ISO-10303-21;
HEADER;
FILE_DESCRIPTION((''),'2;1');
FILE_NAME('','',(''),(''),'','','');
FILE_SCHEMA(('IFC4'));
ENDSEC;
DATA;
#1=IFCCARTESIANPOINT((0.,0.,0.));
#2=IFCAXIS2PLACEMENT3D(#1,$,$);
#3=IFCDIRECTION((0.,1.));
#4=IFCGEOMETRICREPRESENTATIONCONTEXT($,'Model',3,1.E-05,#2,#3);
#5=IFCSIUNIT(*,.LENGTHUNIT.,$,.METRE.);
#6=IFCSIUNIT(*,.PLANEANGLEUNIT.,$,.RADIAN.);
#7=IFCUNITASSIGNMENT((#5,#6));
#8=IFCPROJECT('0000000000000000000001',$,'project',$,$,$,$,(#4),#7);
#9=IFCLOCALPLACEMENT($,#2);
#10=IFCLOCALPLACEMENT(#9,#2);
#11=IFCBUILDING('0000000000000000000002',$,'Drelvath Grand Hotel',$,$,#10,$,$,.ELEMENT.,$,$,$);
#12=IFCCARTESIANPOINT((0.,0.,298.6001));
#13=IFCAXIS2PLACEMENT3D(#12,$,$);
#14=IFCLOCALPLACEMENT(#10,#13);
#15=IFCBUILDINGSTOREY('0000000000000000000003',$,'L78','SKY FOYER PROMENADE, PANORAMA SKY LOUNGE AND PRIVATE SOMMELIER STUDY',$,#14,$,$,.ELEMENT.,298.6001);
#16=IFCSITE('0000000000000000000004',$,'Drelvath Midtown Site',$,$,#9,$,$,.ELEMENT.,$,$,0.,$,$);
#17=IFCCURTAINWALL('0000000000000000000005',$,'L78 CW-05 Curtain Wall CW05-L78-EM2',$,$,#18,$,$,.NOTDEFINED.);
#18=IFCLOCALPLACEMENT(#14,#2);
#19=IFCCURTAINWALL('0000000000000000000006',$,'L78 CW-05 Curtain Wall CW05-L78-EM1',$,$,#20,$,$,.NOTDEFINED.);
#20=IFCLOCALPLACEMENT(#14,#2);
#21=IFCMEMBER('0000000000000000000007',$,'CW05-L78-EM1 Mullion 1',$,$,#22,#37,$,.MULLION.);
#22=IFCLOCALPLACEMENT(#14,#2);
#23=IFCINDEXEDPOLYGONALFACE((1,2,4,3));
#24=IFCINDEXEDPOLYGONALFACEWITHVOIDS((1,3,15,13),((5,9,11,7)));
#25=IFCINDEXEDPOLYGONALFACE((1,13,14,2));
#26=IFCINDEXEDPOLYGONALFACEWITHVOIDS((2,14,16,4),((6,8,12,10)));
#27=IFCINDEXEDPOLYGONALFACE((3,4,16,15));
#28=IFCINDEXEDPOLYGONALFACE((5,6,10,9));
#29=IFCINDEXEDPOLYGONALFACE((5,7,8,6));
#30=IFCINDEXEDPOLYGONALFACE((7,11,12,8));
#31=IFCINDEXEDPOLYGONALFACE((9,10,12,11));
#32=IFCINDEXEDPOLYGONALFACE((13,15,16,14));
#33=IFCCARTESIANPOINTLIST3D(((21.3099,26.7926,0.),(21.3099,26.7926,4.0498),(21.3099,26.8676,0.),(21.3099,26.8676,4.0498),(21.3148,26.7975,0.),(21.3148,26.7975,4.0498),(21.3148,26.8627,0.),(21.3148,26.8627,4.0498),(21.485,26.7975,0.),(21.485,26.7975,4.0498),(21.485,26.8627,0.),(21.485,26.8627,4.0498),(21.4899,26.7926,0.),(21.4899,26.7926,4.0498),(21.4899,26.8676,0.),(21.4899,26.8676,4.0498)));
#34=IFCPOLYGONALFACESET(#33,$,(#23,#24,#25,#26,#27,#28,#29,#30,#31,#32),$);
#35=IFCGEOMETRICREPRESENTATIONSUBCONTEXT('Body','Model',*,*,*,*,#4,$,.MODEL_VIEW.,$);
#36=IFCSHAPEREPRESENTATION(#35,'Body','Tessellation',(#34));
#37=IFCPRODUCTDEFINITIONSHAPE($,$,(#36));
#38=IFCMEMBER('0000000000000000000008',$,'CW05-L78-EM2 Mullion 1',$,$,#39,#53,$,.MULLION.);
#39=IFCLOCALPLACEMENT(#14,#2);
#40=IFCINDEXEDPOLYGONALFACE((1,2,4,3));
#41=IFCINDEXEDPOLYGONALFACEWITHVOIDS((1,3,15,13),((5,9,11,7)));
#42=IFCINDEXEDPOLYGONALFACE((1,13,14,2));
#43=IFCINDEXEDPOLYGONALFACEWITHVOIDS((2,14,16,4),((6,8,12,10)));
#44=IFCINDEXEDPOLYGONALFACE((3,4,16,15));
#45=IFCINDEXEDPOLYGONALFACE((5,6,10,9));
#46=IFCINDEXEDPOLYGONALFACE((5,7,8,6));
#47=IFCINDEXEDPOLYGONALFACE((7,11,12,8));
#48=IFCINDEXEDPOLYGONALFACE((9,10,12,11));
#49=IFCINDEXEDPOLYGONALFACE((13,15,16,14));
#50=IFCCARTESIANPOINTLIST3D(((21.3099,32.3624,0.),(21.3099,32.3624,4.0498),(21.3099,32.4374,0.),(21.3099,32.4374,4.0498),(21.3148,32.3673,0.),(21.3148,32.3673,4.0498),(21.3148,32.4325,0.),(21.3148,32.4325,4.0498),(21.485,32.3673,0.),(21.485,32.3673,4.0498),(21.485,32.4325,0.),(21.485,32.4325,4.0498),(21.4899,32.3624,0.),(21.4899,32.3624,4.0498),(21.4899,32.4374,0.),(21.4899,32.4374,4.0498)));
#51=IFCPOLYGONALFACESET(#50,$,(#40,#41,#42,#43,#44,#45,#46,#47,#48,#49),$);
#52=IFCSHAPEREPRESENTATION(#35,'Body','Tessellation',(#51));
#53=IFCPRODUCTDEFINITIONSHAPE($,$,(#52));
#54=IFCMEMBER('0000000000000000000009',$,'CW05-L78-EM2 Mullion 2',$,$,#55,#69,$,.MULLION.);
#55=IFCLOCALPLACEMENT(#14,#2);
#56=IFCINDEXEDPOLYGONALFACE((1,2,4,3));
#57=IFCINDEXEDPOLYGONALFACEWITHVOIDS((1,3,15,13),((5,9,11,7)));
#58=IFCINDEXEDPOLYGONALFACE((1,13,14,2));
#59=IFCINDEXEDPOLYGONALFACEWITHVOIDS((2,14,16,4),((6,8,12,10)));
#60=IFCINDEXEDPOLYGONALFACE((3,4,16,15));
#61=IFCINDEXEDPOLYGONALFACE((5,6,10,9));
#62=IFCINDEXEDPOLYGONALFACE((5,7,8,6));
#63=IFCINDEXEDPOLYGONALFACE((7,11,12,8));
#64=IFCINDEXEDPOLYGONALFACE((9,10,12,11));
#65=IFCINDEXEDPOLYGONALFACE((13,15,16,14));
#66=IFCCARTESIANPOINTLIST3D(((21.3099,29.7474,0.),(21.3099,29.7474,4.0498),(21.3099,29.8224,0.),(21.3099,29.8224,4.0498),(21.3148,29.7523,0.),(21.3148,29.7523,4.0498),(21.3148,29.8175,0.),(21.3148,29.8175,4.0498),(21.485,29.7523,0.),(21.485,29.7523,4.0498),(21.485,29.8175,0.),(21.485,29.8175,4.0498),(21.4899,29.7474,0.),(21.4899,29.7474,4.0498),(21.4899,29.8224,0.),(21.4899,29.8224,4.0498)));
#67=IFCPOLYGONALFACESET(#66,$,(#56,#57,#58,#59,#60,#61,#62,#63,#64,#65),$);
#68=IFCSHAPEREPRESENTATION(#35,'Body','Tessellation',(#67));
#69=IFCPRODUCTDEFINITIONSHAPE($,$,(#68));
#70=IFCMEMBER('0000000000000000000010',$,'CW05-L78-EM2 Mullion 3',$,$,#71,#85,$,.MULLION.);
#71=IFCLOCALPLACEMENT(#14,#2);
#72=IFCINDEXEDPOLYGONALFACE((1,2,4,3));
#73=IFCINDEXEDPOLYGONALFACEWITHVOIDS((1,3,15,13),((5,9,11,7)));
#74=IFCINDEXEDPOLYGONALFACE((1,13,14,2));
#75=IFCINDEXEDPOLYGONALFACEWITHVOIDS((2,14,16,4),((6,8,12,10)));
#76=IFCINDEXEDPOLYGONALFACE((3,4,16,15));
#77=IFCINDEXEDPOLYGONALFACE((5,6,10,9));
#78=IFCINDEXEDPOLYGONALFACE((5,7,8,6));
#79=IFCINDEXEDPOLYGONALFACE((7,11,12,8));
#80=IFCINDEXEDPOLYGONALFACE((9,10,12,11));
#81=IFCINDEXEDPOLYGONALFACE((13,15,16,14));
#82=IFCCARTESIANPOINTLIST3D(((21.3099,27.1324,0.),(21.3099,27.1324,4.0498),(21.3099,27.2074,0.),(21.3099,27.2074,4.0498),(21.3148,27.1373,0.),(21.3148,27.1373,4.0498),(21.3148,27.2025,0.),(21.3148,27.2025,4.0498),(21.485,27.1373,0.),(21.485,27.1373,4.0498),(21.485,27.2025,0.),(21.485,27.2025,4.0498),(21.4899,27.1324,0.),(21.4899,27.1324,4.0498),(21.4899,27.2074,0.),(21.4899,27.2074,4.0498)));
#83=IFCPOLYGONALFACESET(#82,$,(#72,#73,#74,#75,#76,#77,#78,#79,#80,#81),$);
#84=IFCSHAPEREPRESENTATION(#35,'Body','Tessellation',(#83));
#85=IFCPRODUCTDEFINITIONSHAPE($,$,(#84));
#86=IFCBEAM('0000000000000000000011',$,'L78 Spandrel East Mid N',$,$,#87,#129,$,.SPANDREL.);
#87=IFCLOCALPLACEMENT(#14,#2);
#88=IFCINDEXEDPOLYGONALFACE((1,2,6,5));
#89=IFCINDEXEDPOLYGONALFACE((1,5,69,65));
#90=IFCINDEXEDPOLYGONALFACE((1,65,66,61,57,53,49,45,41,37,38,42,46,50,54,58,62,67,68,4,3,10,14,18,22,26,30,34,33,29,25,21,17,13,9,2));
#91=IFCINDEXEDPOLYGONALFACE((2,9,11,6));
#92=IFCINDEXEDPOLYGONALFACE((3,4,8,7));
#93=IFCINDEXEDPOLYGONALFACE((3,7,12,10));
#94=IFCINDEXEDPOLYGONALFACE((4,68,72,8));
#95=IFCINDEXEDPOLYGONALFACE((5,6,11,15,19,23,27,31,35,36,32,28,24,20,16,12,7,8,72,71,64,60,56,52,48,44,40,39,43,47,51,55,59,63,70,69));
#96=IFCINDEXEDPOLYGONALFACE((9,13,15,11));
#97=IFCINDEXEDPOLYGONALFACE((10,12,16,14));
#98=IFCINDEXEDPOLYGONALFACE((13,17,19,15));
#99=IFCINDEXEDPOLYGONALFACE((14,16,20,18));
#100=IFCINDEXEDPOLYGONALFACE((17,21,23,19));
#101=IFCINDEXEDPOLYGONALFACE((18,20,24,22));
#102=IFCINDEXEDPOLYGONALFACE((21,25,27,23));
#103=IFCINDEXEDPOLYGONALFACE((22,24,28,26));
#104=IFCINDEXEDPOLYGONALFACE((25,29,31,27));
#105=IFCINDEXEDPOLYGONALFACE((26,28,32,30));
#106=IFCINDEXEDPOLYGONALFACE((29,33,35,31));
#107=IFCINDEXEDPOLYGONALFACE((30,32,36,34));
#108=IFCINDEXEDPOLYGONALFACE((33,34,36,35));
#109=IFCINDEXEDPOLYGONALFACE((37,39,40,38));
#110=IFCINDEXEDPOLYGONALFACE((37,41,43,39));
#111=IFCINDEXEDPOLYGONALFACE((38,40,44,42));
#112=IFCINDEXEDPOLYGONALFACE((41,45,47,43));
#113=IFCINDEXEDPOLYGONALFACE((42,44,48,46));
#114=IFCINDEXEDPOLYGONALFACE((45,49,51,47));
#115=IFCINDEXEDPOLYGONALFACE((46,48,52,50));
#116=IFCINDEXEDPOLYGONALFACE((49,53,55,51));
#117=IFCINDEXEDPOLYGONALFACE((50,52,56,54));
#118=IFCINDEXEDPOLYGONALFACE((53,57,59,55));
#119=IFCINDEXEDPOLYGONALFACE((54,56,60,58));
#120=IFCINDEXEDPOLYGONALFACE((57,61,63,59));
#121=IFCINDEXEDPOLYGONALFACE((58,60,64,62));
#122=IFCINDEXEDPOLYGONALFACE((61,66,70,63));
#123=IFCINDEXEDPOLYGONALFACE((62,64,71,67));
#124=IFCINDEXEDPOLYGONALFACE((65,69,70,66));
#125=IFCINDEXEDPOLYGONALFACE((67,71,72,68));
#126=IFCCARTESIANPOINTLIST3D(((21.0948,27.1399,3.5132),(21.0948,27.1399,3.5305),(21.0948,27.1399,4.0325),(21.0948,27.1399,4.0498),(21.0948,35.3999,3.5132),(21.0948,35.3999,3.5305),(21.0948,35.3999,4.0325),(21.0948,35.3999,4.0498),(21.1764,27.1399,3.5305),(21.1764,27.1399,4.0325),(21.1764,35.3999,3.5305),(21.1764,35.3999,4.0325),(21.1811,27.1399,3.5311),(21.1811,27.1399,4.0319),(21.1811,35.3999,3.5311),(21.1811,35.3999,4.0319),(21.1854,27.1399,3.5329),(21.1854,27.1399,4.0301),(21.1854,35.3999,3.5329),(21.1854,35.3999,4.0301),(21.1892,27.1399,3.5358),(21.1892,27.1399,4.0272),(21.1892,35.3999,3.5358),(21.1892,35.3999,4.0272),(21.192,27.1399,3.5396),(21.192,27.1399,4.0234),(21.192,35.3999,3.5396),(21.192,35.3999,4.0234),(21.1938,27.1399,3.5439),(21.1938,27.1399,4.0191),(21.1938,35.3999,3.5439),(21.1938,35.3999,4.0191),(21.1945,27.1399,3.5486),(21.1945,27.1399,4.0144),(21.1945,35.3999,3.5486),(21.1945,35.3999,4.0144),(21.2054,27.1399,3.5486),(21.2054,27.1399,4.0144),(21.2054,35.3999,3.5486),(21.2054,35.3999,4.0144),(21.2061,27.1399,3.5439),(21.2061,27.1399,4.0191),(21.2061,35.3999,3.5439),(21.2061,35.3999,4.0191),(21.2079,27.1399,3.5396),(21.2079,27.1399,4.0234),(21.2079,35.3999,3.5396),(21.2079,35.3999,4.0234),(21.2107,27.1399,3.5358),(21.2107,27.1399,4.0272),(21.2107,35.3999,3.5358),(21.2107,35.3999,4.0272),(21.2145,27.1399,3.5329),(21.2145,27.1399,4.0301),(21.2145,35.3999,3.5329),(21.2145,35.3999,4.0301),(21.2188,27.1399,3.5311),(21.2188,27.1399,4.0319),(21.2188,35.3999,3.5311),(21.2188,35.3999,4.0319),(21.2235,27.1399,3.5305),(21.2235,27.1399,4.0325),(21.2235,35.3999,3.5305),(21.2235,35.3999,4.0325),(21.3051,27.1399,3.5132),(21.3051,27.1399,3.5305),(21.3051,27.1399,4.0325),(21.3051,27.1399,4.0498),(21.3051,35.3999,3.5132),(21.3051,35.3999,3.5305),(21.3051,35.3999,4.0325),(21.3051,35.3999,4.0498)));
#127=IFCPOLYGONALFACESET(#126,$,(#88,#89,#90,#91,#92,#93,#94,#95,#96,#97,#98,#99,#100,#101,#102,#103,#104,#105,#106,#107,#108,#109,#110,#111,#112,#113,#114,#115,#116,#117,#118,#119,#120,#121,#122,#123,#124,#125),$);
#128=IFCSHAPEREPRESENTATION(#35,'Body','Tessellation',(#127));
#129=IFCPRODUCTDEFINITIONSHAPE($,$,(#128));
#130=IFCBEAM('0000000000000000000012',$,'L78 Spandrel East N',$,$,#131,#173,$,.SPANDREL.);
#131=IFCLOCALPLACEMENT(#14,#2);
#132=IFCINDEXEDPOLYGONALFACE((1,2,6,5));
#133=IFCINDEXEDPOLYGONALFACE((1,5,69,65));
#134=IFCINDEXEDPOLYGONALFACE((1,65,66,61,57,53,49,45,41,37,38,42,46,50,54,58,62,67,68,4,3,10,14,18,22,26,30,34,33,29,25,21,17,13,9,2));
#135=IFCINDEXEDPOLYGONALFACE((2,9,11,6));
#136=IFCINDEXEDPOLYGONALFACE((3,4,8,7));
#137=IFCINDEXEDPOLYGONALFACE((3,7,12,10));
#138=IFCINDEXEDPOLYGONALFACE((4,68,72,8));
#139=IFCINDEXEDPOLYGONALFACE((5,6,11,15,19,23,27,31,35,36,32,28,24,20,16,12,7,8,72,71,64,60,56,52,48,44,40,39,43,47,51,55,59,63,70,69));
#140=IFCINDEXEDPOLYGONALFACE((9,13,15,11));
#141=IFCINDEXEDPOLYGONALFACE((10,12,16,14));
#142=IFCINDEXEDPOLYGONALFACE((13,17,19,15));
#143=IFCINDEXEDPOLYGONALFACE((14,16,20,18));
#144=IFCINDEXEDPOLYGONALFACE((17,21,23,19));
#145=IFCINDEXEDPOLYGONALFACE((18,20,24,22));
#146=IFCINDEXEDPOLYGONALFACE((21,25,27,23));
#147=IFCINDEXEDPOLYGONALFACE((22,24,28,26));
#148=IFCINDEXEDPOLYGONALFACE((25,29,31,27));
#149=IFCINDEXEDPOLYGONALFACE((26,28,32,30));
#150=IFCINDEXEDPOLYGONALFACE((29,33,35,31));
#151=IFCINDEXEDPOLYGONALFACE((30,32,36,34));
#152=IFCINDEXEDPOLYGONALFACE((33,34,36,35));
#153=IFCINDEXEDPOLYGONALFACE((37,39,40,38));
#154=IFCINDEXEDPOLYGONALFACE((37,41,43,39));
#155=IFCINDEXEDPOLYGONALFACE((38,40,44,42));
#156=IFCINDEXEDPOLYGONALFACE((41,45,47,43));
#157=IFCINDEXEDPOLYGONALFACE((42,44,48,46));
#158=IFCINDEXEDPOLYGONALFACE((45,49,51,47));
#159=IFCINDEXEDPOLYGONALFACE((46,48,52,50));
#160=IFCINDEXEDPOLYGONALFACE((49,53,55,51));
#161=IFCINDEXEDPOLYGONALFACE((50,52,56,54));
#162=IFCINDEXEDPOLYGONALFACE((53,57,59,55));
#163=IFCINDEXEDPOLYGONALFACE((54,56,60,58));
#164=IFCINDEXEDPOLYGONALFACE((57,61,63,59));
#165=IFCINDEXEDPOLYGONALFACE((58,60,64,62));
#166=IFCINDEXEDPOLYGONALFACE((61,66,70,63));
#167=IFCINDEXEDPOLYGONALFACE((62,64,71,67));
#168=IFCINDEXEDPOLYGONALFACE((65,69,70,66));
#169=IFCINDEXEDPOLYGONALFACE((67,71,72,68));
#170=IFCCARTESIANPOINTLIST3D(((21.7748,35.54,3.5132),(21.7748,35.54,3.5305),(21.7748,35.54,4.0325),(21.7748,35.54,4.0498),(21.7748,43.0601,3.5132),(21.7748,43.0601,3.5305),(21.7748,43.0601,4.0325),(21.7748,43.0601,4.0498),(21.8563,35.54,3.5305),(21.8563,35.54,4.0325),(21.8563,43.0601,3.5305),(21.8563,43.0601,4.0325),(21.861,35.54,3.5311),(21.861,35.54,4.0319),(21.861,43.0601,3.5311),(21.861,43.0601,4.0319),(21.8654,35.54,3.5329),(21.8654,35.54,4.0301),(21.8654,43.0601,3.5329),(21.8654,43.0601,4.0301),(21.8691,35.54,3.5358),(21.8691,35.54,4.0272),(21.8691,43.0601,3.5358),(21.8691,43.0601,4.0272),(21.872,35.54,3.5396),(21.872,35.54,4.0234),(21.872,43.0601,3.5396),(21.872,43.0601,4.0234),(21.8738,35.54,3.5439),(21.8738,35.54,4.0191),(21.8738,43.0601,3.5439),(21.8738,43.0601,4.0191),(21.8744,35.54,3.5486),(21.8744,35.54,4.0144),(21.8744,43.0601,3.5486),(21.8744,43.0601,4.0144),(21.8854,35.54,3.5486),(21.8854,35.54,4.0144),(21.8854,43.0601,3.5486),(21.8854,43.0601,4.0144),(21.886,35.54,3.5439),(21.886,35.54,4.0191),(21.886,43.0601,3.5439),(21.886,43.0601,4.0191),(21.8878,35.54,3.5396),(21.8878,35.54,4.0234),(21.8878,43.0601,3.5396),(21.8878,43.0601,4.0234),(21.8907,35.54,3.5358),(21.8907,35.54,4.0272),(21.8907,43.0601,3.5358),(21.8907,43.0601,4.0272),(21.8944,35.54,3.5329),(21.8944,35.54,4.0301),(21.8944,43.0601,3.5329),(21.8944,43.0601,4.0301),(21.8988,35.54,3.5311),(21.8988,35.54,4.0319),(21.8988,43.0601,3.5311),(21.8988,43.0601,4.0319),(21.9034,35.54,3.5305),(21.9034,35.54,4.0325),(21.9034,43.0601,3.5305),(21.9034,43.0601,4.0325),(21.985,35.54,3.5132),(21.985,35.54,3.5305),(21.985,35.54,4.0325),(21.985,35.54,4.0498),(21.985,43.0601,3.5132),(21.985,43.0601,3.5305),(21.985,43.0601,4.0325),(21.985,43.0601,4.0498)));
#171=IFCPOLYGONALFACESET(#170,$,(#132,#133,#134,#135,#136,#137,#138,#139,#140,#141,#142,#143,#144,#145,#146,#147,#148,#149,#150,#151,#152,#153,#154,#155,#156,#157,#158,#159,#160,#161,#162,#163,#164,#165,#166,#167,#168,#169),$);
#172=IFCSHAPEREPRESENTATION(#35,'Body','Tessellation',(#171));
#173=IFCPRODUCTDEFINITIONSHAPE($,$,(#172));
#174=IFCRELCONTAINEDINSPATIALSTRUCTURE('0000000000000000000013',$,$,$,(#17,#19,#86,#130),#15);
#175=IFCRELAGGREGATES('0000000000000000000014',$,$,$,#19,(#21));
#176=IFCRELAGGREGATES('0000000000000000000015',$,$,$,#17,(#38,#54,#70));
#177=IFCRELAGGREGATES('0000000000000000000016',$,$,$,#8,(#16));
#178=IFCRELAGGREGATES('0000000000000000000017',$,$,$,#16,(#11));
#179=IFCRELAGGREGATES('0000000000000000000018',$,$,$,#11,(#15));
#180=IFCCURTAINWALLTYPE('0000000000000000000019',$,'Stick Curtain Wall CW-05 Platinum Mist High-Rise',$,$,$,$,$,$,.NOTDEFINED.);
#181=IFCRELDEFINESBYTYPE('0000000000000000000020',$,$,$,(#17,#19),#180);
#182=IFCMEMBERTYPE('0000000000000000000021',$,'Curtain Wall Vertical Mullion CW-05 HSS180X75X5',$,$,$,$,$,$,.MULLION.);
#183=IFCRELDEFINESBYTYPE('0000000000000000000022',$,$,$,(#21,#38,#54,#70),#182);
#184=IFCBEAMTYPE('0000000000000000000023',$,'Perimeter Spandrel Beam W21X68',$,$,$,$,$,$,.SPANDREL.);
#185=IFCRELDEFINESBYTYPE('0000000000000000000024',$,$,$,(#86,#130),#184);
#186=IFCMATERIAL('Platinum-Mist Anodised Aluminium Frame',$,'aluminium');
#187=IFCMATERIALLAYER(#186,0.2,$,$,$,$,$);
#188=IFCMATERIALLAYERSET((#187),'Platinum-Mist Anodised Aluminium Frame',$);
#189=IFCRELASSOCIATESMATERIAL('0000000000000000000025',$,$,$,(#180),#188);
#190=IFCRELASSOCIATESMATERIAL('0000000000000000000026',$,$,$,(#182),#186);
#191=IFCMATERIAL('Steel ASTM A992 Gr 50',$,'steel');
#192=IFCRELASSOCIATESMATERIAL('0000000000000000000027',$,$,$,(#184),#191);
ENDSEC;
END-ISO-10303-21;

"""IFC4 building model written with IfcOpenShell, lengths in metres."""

from ifc_helpers import new_model, si_unit, direction, frame, origin, origin_2d, place, context, subcontext, project, spatial, hollow_rectangle, i_section, extrude, material, layer, layer_set, material_profile, profile_set, type_object, element, aggregate, save


model = new_model("IFC4")

# Units and contexts
model_context = context("Model", 3, precision=1e-05, world=origin(), true_north=direction((0.0, 1.0)))
body_context = subcontext(model_context, "Body", "Model", "MODEL_VIEW")
ifc_project = project(units=[si_unit("LENGTHUNIT", "METRE"), si_unit("PLANEANGLEUNIT", "RADIAN")], contexts=[model_context])

# Site, building, storey
site_placement = place(None, origin())
site = spatial("IfcSite", under=ifc_project, at=site_placement, Name="Drelvath Midtown Site", CompositionType="ELEMENT", RefElevation=0.0)
building_placement = place(site_placement, origin())
building = spatial("IfcBuilding", under=site, at=building_placement, Name="Drelvath Grand Hotel", CompositionType="ELEMENT")
storey_placement = place(building_placement, frame((0.0, 0.0, 298.6001)))
storey = spatial("IfcBuildingStorey", under=building, at=storey_placement, Name="L78", Description="SKY FOYER PROMENADE, PANORAMA SKY LOUNGE AND PRIVATE SOMMELIER STUDY", CompositionType="ELEMENT", Elevation=298.6001)

# Curtain wall
ifc_material_1 = material(Name="Platinum-Mist Anodised Aluminium Frame", Category="aluminium")
ifc_layer_1 = layer(ifc_material_1, 0.2)
ifc_layer_set_1 = layer_set([ifc_layer_1], Name="Platinum-Mist Anodised Aluminium Frame")
curtain_wall_type = type_object("IfcCurtainWallType", Name="Stick Curtain Wall CW-05 Platinum Mist High-Rise", PredefinedType="NOTDEFINED", material=ifc_layer_set_1)
curtain_wall_1_placement = place(storey_placement, origin())
curtain_wall_1 = element("IfcCurtainWall", 1, at=curtain_wall_1_placement, inside=storey, type_object=curtain_wall_type, Name="L78 CW-05 Curtain Wall CW05-L78-EM2", PredefinedType="NOTDEFINED")

# Shared definitions
ifc_material_profile_1 = material_profile(ifc_material_1, hollow_rectangle(XDim=0.075, YDim=0.1799, WallThickness=0.0049, at=origin_2d()), Name="HSS180X75X5")
ifc_profile_set_1 = profile_set([ifc_material_profile_1], Name="Platinum-Mist Anodised Aluminium Frame")
member_type_1 = type_object("IfcMemberType", Name="Curtain Wall Vertical Mullion CW-05 HSS180X75X5", PredefinedType="MULLION", material=ifc_profile_set_1)

# Curtain wall, member
curtain_wall_2_placement = place(storey_placement, origin())
curtain_wall_2 = element("IfcCurtainWall", 2, at=curtain_wall_2_placement, inside=storey, type_object=curtain_wall_type, Name="L78 CW-05 Curtain Wall CW05-L78-EM1", PredefinedType="NOTDEFINED")
member_1_placement = place(storey_placement, frame((21.3999, 26.8301, 0.0), z_axis=(0.0, 0.0, 1.0), x_axis=(0.0, 1.0, 0.0)))
member_1 = element("IfcMember", 3, at=member_1_placement, type_object=member_type_1, Name="CW05-L78-EM1 Mullion 1", PredefinedType="MULLION", context=body_context, shape_type="SweptSolid", body=[
    extrude(hollow_rectangle(XDim=0.075, YDim=0.1799, WallThickness=0.0049, at=origin_2d()), origin(), (0.0, 0.0, 1.0), 4.0498),
])
aggregate(curtain_wall_2, [member_1])

# Members
member_2_placement = place(storey_placement, frame((21.3999, 32.3999, 0.0), z_axis=(0.0, 0.0, 1.0), x_axis=(0.0, 1.0, 0.0)))
member_2 = element("IfcMember", 4, at=member_2_placement, type_object=member_type_1, Name="CW05-L78-EM2 Mullion 1", PredefinedType="MULLION", context=body_context, shape_type="SweptSolid", body=[
    extrude(hollow_rectangle(XDim=0.075, YDim=0.1799, WallThickness=0.0049, at=origin_2d()), origin(), (0.0, 0.0, 1.0), 4.0498),
])
member_3_placement = place(storey_placement, frame((21.3999, 29.7849, 0.0), z_axis=(0.0, 0.0, 1.0), x_axis=(0.0, 1.0, 0.0)))
member_3 = element("IfcMember", 5, at=member_3_placement, type_object=member_type_1, Name="CW05-L78-EM2 Mullion 2", PredefinedType="MULLION", context=body_context, shape_type="SweptSolid", body=[
    extrude(hollow_rectangle(XDim=0.075, YDim=0.1799, WallThickness=0.0049, at=origin_2d()), origin(), (0.0, 0.0, 1.0), 4.0498),
])
member_4_placement = place(storey_placement, frame((21.3999, 27.1699, 0.0), z_axis=(0.0, 0.0, 1.0), x_axis=(0.0, 1.0, 0.0)))
member_4 = element("IfcMember", 6, at=member_4_placement, type_object=member_type_1, Name="CW05-L78-EM2 Mullion 3", PredefinedType="MULLION", context=body_context, shape_type="SweptSolid", body=[
    extrude(hollow_rectangle(XDim=0.075, YDim=0.1799, WallThickness=0.0049, at=origin_2d()), origin(), (0.0, 0.0, 1.0), 4.0498),
])

# Beams
ifc_material_2 = material(Name="Steel ASTM A992 Gr 50", Category="steel")
ifc_material_profile_2 = material_profile(ifc_material_2, i_section(OverallWidth=0.2102, OverallDepth=0.5366, WebThickness=0.011, FlangeThickness=0.0173, FilletRadius=0.0181, at=origin_2d()), Name="W21X68")
ifc_profile_set_2 = profile_set([ifc_material_profile_2], Name="Steel ASTM A992 Gr 50")
beam_type_1 = type_object("IfcBeamType", Name="Perimeter Spandrel Beam W21X68", PredefinedType="SPANDREL", material=ifc_profile_set_2)
beam_1_placement = place(storey_placement, frame((21.2, 27.1399, 3.7815), z_axis=(0.0, 1.0, 0.0), x_axis=(-1.0, 0.0, 0.0)))
element("IfcBeam", 7, at=beam_1_placement, inside=storey, type_object=beam_type_1, Name="L78 Spandrel East Mid N", PredefinedType="SPANDREL", context=body_context, shape_type="SweptSolid", body=[
    extrude(i_section(OverallWidth=0.2102, OverallDepth=0.5366, WebThickness=0.011, FlangeThickness=0.0173, FilletRadius=0.0181, at=origin_2d()), origin(), (0.0, 0.0, 1.0), 8.26),
])
beam_2_placement = place(storey_placement, frame((21.8799, 35.54, 3.7815), z_axis=(0.0, 1.0, 0.0), x_axis=(-1.0, 0.0, 0.0)))
element("IfcBeam", 8, at=beam_2_placement, inside=storey, type_object=beam_type_1, Name="L78 Spandrel East N", PredefinedType="SPANDREL", context=body_context, shape_type="SweptSolid", body=[
    extrude(i_section(OverallWidth=0.2102, OverallDepth=0.5366, WebThickness=0.011, FlangeThickness=0.0173, FilletRadius=0.0181, at=origin_2d()), origin(), (0.0, 0.0, 1.0), 7.52),
])

aggregate(curtain_wall_1, [member_2, member_3, member_4])

save(model, "model.ifc")
